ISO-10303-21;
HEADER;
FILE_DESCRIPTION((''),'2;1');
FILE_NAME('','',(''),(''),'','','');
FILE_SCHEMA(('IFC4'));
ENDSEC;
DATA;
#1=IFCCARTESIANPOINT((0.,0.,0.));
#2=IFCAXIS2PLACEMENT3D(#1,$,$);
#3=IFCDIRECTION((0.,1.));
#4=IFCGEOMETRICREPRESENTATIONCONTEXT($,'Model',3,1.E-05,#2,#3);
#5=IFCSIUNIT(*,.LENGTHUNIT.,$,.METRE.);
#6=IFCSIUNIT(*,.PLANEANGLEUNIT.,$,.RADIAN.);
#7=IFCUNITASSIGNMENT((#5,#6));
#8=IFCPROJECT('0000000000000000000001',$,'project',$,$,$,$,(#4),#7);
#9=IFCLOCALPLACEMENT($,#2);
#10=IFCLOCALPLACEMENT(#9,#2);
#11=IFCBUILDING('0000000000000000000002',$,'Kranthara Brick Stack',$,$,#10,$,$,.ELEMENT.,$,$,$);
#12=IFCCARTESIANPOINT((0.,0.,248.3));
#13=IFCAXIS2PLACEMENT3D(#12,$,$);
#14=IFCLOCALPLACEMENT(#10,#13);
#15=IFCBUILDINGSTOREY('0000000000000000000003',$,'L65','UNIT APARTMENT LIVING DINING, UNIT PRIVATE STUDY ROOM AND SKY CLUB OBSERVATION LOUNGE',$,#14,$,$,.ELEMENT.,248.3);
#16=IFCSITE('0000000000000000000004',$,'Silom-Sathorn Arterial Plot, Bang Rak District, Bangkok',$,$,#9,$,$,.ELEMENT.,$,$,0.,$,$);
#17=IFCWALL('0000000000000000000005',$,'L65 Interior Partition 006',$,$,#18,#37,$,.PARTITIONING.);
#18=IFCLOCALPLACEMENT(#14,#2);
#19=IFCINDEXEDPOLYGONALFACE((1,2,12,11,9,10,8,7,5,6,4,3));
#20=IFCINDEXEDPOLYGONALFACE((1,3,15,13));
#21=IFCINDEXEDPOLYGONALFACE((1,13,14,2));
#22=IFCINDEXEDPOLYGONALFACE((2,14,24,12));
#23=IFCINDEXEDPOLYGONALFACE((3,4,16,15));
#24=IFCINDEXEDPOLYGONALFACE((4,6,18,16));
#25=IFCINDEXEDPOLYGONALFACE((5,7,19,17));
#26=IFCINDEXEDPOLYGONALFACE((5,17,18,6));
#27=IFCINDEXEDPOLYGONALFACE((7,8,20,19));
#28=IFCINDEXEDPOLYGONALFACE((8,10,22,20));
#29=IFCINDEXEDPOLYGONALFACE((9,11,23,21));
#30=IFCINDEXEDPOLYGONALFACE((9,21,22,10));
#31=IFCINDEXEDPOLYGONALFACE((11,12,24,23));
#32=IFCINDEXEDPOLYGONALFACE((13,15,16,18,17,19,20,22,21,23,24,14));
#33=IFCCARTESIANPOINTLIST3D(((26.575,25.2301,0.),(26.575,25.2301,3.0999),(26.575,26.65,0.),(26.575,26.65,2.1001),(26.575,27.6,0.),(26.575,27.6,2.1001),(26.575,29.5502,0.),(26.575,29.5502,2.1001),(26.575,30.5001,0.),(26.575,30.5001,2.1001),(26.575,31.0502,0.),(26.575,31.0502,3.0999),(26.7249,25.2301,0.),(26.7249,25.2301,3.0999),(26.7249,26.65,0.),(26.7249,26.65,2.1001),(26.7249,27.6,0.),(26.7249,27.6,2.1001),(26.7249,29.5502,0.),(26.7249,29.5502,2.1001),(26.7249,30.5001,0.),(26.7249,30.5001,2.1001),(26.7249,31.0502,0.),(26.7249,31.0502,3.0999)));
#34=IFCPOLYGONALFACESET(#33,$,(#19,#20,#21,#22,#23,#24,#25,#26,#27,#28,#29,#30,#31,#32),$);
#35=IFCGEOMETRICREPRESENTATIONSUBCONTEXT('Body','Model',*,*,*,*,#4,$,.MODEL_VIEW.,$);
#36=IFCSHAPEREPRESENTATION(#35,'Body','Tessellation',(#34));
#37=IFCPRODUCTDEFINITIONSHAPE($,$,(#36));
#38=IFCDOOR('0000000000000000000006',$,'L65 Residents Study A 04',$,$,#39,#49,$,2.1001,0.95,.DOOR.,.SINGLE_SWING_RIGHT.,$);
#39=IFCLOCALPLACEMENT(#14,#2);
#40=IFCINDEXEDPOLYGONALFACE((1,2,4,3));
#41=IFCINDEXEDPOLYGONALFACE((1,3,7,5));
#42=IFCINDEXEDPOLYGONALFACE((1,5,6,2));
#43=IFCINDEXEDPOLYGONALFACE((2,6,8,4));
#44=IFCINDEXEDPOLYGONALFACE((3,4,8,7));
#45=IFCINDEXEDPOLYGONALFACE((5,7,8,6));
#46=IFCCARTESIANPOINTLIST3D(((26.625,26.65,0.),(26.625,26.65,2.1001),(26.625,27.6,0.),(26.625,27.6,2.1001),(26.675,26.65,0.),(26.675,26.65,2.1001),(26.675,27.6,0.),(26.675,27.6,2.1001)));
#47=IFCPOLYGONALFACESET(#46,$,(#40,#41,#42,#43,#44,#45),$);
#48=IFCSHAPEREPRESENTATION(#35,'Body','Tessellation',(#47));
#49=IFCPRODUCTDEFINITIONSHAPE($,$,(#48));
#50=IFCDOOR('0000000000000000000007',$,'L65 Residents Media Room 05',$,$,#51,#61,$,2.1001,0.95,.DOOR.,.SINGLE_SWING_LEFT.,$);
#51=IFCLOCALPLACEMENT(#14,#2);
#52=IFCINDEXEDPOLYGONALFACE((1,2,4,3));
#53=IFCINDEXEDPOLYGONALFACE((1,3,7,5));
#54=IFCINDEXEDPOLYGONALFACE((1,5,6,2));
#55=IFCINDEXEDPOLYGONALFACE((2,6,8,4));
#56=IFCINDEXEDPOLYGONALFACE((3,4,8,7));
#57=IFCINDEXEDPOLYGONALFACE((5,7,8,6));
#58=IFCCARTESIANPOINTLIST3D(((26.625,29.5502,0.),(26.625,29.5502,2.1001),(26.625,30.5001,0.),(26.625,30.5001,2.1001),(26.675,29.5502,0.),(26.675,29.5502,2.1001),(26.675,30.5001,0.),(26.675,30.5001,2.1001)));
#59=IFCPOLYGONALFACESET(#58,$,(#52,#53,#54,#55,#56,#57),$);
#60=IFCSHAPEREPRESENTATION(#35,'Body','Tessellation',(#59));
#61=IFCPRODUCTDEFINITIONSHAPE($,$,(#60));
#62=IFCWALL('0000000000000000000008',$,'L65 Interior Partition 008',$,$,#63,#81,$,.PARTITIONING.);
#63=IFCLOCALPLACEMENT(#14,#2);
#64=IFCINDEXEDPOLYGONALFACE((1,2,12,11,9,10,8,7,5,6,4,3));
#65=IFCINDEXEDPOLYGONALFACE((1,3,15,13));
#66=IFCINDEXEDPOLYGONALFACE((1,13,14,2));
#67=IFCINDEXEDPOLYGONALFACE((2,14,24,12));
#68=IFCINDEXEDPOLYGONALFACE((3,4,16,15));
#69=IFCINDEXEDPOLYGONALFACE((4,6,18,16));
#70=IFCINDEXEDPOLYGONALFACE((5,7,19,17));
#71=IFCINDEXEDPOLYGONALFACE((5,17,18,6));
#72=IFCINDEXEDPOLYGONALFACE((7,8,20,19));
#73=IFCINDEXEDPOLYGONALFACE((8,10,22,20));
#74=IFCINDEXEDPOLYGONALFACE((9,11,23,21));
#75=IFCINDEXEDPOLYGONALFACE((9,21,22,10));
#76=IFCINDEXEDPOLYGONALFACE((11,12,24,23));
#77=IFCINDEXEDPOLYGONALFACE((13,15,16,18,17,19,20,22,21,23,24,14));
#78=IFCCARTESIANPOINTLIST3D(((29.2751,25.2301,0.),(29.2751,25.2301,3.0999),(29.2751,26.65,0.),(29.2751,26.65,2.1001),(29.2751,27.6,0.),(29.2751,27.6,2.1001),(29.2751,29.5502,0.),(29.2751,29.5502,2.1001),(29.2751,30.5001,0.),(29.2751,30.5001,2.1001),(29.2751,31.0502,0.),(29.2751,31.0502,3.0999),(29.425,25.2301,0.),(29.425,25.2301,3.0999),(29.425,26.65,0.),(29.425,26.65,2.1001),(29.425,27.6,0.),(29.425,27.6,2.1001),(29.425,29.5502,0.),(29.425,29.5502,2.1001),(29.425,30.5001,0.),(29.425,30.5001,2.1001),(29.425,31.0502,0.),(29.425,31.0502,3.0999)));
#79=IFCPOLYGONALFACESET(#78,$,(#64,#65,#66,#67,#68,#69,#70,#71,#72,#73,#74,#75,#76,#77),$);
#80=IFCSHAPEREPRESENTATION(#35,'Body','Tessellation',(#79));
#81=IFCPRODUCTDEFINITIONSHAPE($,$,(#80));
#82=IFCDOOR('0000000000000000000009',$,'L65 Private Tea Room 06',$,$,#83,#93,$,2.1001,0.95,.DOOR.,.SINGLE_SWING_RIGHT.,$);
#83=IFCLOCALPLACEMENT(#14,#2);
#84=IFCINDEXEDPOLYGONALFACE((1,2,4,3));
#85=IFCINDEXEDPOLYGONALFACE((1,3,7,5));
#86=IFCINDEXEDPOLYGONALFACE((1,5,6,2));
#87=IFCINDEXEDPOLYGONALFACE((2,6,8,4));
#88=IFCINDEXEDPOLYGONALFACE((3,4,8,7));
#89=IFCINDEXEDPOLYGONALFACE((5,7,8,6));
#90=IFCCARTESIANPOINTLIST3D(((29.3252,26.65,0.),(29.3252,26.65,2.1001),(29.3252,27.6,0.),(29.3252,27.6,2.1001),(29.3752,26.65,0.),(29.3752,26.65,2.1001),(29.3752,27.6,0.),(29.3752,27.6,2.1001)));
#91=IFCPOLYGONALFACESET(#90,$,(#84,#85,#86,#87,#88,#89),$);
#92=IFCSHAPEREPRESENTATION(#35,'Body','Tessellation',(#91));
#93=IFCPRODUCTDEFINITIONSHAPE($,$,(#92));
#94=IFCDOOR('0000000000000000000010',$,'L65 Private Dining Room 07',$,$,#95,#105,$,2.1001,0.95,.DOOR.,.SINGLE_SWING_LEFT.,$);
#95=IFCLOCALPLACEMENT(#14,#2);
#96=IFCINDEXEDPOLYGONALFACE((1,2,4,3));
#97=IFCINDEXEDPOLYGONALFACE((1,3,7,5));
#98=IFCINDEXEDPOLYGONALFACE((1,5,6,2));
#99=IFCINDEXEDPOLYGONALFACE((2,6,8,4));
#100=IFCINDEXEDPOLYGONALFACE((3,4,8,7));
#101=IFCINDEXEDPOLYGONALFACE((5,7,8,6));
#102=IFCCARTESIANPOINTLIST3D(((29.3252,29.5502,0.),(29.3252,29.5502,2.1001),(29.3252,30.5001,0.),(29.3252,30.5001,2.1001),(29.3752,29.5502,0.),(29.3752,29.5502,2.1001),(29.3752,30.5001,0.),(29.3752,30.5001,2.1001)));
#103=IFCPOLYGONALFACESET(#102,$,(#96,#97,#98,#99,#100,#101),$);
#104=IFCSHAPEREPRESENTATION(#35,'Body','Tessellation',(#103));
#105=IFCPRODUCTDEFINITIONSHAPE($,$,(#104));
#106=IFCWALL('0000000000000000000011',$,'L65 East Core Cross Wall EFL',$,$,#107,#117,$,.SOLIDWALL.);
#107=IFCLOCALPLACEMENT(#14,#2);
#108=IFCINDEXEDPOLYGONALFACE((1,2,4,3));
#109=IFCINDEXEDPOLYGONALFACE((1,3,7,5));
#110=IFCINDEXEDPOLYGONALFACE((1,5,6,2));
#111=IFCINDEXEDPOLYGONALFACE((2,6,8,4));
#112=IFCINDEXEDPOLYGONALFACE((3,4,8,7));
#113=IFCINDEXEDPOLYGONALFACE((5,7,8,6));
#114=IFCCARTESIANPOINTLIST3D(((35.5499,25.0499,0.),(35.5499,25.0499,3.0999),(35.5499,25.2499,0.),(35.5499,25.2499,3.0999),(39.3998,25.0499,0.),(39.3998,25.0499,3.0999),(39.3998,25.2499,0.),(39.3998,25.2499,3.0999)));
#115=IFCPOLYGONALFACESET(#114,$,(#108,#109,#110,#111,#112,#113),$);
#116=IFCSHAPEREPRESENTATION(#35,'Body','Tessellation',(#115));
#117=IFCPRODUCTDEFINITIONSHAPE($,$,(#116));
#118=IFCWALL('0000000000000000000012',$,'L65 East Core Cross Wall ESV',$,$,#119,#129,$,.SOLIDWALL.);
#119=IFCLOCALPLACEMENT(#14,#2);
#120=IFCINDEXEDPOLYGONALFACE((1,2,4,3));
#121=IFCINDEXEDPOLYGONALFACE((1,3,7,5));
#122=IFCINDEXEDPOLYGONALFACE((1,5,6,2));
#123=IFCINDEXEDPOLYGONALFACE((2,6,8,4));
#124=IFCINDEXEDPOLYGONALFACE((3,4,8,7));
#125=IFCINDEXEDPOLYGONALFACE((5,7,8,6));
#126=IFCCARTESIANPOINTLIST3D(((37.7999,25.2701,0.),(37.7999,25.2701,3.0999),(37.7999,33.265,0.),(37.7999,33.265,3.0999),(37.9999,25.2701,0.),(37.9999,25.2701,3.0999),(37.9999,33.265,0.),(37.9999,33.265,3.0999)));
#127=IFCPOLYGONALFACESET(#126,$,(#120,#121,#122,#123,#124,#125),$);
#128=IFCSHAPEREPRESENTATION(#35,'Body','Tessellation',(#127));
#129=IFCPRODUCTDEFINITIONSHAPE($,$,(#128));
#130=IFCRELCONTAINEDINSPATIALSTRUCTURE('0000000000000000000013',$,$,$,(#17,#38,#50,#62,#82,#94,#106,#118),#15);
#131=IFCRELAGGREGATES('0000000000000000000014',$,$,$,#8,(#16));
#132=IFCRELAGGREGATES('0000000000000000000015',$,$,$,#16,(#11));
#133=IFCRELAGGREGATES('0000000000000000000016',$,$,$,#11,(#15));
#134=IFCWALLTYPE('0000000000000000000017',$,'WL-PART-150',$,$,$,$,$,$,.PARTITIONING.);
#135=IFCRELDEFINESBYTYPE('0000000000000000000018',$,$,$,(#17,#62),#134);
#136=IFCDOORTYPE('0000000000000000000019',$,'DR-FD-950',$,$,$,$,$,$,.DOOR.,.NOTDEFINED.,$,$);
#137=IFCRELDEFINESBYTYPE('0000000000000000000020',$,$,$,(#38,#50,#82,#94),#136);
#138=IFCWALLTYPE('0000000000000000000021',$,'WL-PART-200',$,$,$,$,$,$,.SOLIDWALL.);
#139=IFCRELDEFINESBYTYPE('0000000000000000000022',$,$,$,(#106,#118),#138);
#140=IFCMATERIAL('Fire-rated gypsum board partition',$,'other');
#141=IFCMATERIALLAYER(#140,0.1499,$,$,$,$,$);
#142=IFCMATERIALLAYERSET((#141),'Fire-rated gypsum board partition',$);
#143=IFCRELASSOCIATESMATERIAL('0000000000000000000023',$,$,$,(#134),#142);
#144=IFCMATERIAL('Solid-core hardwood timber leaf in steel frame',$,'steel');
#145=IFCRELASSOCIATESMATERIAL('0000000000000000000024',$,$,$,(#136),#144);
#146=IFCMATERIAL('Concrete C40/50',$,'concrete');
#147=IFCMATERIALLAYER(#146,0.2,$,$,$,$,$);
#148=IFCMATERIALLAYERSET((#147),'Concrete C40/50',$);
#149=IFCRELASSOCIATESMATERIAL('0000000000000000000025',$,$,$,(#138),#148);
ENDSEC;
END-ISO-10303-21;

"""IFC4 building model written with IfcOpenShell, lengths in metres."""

from ifc_helpers import new_model, si_unit, direction, frame, frame_2d, origin, place, context, subcontext, project, spatial, rectangle, extrude, material, layer, layer_set, type_object, element, fill, save


model = new_model("IFC4")

# Units and contexts
model_context = context("Model", 3, precision=1e-05, world=origin(), true_north=direction((0.0, 1.0)))
body_context = subcontext(model_context, "Body", "Model", "MODEL_VIEW")
ifc_project = project(units=[si_unit("LENGTHUNIT", "METRE"), si_unit("PLANEANGLEUNIT", "RADIAN")], contexts=[model_context])

# Site, building, storey
site_placement = place(None, origin())
site = spatial("IfcSite", under=ifc_project, at=site_placement, Name="Silom-Sathorn Arterial Plot, Bang Rak District, Bangkok", CompositionType="ELEMENT", RefElevation=0.0)
building_placement = place(site_placement, origin())
building = spatial("IfcBuilding", under=site, at=building_placement, Name="Kranthara Brick Stack", CompositionType="ELEMENT")
storey_placement = place(building_placement, frame((0.0, 0.0, 248.3)))
storey = spatial("IfcBuildingStorey", under=building, at=storey_placement, Name="L65", Description="UNIT APARTMENT LIVING DINING, UNIT PRIVATE STUDY ROOM AND SKY CLUB OBSERVATION LOUNGE", CompositionType="ELEMENT", Elevation=248.3)

# Shared definitions
ifc_material_1 = material(Name="Fire-rated gypsum board partition", Category="other")
ifc_layer_1 = layer(ifc_material_1, 0.1499)
ifc_layer_set_1 = layer_set([ifc_layer_1], Name="Fire-rated gypsum board partition")
wall_type_1 = type_object("IfcWallType", Name="WL-PART-150", PredefinedType="PARTITIONING", material=ifc_layer_set_1)

# Walls, openings, doors
wall_1_placement = place(storey_placement, frame((26.6499, 25.23, 0.0), z_axis=(0.0, 0.0, 1.0), x_axis=(0.0, 1.0, 0.0)))
wall_1 = element("IfcWall", 1, at=wall_1_placement, inside=storey, type_object=wall_type_1, Name="L65 Interior Partition 006", PredefinedType="PARTITIONING", context=body_context, shape_type="SweptSolid", body=[
    extrude(rectangle(XDim=5.8201, YDim=0.1499, at=frame_2d((2.9102, 0.0))), origin(), (0.0, 0.0, 1.0), 3.0999),
])
opening_1_placement = place(wall_1_placement, frame((1.4199, 0.0, 0.0)))
opening_1 = element("IfcOpeningElement", 2, at=opening_1_placement, cuts=wall_1, PredefinedType="OPENING", context=body_context, shape_type="SweptSolid", body=[
    extrude(rectangle(XDim=0.95, YDim=2.1001, at=frame_2d((0.4751, 1.05))), frame((0.0, 0.085, 0.0), z_axis=(0.0, -1.0, 0.0), x_axis=(1.0, 0.0, 0.0)), (0.0, 0.0, 1.0), 0.1699),
])
opening_2_placement = place(wall_1_placement, frame((4.3201, 0.0, 0.0)))
opening_2 = element("IfcOpeningElement", 3, at=opening_2_placement, cuts=wall_1, PredefinedType="OPENING", context=body_context, shape_type="SweptSolid", body=[
    extrude(rectangle(XDim=0.95, YDim=2.1001, at=frame_2d((0.4751, 1.05))), frame((0.0, 0.085, 0.0), z_axis=(0.0, -1.0, 0.0), x_axis=(1.0, 0.0, 0.0)), (0.0, 0.0, 1.0), 0.1699),
])
ifc_material_2 = material(Name="Solid-core hardwood timber leaf in steel frame", Category="steel")
door_type_1 = type_object("IfcDoorType", Name="DR-FD-950", OperationType="NOTDEFINED", PredefinedType="DOOR", material=ifc_material_2)
door_1_placement = place(opening_1_placement, origin())
door_1 = element("IfcDoor", 4, at=door_1_placement, inside=storey, type_object=door_type_1, Name="L65 Residents Study A 04", OperationType="SINGLE_SWING_RIGHT", OverallHeight=2.1001, OverallWidth=0.95, PredefinedType="DOOR", context=body_context, shape_type="SweptSolid", body=[
    extrude(rectangle(XDim=0.95, YDim=2.1001, at=frame_2d((0.4751, 1.05))), frame((0.0, 0.0249, 0.0), z_axis=(0.0, -1.0, 0.0), x_axis=(1.0, 0.0, 0.0)), (0.0, 0.0, 1.0), 0.05),
])
fill(opening_1, door_1)
door_2_placement = place(opening_2_placement, origin())
door_2 = element("IfcDoor", 5, at=door_2_placement, inside=storey, type_object=door_type_1, Name="L65 Residents Media Room 05", OperationType="SINGLE_SWING_LEFT", OverallHeight=2.1001, OverallWidth=0.95, PredefinedType="DOOR", context=body_context, shape_type="SweptSolid", body=[
    extrude(rectangle(XDim=0.95, YDim=2.1001, at=frame_2d((0.4751, 1.05))), frame((0.0, 0.0249, 0.0), z_axis=(0.0, -1.0, 0.0), x_axis=(1.0, 0.0, 0.0)), (0.0, 0.0, 1.0), 0.05),
])
fill(opening_2, door_2)
wall_2_placement = place(storey_placement, frame((29.3501, 25.23, 0.0), z_axis=(0.0, 0.0, 1.0), x_axis=(0.0, 1.0, 0.0)))
wall_2 = element("IfcWall", 6, at=wall_2_placement, inside=storey, type_object=wall_type_1, Name="L65 Interior Partition 008", PredefinedType="PARTITIONING", context=body_context, shape_type="SweptSolid", body=[
    extrude(rectangle(XDim=5.8201, YDim=0.1499, at=frame_2d((2.9102, 0.0))), origin(), (0.0, 0.0, 1.0), 3.0999),
])
opening_3_placement = place(wall_2_placement, frame((1.4199, 0.0, 0.0)))
opening_3 = element("IfcOpeningElement", 7, at=opening_3_placement, cuts=wall_2, PredefinedType="OPENING", context=body_context, shape_type="SweptSolid", body=[
    extrude(rectangle(XDim=0.95, YDim=2.1001, at=frame_2d((0.4751, 1.05))), frame((0.0, 0.085, 0.0), z_axis=(0.0, -1.0, 0.0), x_axis=(1.0, 0.0, 0.0)), (0.0, 0.0, 1.0), 0.1699),
])
opening_4_placement = place(wall_2_placement, frame((4.3201, 0.0, 0.0)))
opening_4 = element("IfcOpeningElement", 8, at=opening_4_placement, cuts=wall_2, PredefinedType="OPENING", context=body_context, shape_type="SweptSolid", body=[
    extrude(rectangle(XDim=0.95, YDim=2.1001, at=frame_2d((0.4751, 1.05))), frame((0.0, 0.085, 0.0), z_axis=(0.0, -1.0, 0.0), x_axis=(1.0, 0.0, 0.0)), (0.0, 0.0, 1.0), 0.1699),
])
door_3_placement = place(opening_3_placement, origin())
door_3 = element("IfcDoor", 9, at=door_3_placement, inside=storey, type_object=door_type_1, Name="L65 Private Tea Room 06", OperationType="SINGLE_SWING_RIGHT", OverallHeight=2.1001, OverallWidth=0.95, PredefinedType="DOOR", context=body_context, shape_type="SweptSolid", body=[
    extrude(rectangle(XDim=0.95, YDim=2.1001, at=frame_2d((0.4751, 1.05))), frame((0.0, 0.0249, 0.0), z_axis=(0.0, -1.0, 0.0), x_axis=(1.0, 0.0, 0.0)), (0.0, 0.0, 1.0), 0.05),
])
fill(opening_3, door_3)
door_4_placement = place(opening_4_placement, origin())
door_4 = element("IfcDoor", 10, at=door_4_placement, inside=storey, type_object=door_type_1, Name="L65 Private Dining Room 07", OperationType="SINGLE_SWING_LEFT", OverallHeight=2.1001, OverallWidth=0.95, PredefinedType="DOOR", context=body_context, shape_type="SweptSolid", body=[
    extrude(rectangle(XDim=0.95, YDim=2.1001, at=frame_2d((0.4751, 1.05))), frame((0.0, 0.0249, 0.0), z_axis=(0.0, -1.0, 0.0), x_axis=(1.0, 0.0, 0.0)), (0.0, 0.0, 1.0), 0.05),
])
fill(opening_4, door_4)

# Walls
ifc_material_3 = material(Name="Concrete C40/50", Category="concrete")
ifc_layer_2 = layer(ifc_material_3, 0.2)
ifc_layer_set_2 = layer_set([ifc_layer_2], Name="Concrete C40/50")
wall_type_2 = type_object("IfcWallType", Name="WL-PART-200", PredefinedType="SOLIDWALL", material=ifc_layer_set_2)
wall_3_placement = place(storey_placement, frame((35.55, 25.1499, 0.0), z_axis=(0.0, 0.0, 1.0), x_axis=(1.0, 0.0, 0.0)))
element("IfcWall", 11, at=wall_3_placement, inside=storey, type_object=wall_type_2, Name="L65 East Core Cross Wall EFL", PredefinedType="SOLIDWALL", context=body_context, shape_type="SweptSolid", body=[
    extrude(rectangle(XDim=3.8499, YDim=0.2, at=frame_2d((1.9248, 0.0))), origin(), (0.0, 0.0, 1.0), 3.0999),
])
wall_4_placement = place(storey_placement, frame((37.8999, 25.27, 0.0), z_axis=(0.0, 0.0, 1.0), x_axis=(0.0, 1.0, 0.0)))
element("IfcWall", 12, at=wall_4_placement, inside=storey, type_object=wall_type_2, Name="L65 East Core Cross Wall ESV", PredefinedType="SOLIDWALL", context=body_context, shape_type="SweptSolid", body=[
    extrude(rectangle(XDim=7.9949, YDim=0.2, at=frame_2d((3.9976, 0.0))), origin(), (0.0, 0.0, 1.0), 3.0999),
])

save(model, "model.ifc")
